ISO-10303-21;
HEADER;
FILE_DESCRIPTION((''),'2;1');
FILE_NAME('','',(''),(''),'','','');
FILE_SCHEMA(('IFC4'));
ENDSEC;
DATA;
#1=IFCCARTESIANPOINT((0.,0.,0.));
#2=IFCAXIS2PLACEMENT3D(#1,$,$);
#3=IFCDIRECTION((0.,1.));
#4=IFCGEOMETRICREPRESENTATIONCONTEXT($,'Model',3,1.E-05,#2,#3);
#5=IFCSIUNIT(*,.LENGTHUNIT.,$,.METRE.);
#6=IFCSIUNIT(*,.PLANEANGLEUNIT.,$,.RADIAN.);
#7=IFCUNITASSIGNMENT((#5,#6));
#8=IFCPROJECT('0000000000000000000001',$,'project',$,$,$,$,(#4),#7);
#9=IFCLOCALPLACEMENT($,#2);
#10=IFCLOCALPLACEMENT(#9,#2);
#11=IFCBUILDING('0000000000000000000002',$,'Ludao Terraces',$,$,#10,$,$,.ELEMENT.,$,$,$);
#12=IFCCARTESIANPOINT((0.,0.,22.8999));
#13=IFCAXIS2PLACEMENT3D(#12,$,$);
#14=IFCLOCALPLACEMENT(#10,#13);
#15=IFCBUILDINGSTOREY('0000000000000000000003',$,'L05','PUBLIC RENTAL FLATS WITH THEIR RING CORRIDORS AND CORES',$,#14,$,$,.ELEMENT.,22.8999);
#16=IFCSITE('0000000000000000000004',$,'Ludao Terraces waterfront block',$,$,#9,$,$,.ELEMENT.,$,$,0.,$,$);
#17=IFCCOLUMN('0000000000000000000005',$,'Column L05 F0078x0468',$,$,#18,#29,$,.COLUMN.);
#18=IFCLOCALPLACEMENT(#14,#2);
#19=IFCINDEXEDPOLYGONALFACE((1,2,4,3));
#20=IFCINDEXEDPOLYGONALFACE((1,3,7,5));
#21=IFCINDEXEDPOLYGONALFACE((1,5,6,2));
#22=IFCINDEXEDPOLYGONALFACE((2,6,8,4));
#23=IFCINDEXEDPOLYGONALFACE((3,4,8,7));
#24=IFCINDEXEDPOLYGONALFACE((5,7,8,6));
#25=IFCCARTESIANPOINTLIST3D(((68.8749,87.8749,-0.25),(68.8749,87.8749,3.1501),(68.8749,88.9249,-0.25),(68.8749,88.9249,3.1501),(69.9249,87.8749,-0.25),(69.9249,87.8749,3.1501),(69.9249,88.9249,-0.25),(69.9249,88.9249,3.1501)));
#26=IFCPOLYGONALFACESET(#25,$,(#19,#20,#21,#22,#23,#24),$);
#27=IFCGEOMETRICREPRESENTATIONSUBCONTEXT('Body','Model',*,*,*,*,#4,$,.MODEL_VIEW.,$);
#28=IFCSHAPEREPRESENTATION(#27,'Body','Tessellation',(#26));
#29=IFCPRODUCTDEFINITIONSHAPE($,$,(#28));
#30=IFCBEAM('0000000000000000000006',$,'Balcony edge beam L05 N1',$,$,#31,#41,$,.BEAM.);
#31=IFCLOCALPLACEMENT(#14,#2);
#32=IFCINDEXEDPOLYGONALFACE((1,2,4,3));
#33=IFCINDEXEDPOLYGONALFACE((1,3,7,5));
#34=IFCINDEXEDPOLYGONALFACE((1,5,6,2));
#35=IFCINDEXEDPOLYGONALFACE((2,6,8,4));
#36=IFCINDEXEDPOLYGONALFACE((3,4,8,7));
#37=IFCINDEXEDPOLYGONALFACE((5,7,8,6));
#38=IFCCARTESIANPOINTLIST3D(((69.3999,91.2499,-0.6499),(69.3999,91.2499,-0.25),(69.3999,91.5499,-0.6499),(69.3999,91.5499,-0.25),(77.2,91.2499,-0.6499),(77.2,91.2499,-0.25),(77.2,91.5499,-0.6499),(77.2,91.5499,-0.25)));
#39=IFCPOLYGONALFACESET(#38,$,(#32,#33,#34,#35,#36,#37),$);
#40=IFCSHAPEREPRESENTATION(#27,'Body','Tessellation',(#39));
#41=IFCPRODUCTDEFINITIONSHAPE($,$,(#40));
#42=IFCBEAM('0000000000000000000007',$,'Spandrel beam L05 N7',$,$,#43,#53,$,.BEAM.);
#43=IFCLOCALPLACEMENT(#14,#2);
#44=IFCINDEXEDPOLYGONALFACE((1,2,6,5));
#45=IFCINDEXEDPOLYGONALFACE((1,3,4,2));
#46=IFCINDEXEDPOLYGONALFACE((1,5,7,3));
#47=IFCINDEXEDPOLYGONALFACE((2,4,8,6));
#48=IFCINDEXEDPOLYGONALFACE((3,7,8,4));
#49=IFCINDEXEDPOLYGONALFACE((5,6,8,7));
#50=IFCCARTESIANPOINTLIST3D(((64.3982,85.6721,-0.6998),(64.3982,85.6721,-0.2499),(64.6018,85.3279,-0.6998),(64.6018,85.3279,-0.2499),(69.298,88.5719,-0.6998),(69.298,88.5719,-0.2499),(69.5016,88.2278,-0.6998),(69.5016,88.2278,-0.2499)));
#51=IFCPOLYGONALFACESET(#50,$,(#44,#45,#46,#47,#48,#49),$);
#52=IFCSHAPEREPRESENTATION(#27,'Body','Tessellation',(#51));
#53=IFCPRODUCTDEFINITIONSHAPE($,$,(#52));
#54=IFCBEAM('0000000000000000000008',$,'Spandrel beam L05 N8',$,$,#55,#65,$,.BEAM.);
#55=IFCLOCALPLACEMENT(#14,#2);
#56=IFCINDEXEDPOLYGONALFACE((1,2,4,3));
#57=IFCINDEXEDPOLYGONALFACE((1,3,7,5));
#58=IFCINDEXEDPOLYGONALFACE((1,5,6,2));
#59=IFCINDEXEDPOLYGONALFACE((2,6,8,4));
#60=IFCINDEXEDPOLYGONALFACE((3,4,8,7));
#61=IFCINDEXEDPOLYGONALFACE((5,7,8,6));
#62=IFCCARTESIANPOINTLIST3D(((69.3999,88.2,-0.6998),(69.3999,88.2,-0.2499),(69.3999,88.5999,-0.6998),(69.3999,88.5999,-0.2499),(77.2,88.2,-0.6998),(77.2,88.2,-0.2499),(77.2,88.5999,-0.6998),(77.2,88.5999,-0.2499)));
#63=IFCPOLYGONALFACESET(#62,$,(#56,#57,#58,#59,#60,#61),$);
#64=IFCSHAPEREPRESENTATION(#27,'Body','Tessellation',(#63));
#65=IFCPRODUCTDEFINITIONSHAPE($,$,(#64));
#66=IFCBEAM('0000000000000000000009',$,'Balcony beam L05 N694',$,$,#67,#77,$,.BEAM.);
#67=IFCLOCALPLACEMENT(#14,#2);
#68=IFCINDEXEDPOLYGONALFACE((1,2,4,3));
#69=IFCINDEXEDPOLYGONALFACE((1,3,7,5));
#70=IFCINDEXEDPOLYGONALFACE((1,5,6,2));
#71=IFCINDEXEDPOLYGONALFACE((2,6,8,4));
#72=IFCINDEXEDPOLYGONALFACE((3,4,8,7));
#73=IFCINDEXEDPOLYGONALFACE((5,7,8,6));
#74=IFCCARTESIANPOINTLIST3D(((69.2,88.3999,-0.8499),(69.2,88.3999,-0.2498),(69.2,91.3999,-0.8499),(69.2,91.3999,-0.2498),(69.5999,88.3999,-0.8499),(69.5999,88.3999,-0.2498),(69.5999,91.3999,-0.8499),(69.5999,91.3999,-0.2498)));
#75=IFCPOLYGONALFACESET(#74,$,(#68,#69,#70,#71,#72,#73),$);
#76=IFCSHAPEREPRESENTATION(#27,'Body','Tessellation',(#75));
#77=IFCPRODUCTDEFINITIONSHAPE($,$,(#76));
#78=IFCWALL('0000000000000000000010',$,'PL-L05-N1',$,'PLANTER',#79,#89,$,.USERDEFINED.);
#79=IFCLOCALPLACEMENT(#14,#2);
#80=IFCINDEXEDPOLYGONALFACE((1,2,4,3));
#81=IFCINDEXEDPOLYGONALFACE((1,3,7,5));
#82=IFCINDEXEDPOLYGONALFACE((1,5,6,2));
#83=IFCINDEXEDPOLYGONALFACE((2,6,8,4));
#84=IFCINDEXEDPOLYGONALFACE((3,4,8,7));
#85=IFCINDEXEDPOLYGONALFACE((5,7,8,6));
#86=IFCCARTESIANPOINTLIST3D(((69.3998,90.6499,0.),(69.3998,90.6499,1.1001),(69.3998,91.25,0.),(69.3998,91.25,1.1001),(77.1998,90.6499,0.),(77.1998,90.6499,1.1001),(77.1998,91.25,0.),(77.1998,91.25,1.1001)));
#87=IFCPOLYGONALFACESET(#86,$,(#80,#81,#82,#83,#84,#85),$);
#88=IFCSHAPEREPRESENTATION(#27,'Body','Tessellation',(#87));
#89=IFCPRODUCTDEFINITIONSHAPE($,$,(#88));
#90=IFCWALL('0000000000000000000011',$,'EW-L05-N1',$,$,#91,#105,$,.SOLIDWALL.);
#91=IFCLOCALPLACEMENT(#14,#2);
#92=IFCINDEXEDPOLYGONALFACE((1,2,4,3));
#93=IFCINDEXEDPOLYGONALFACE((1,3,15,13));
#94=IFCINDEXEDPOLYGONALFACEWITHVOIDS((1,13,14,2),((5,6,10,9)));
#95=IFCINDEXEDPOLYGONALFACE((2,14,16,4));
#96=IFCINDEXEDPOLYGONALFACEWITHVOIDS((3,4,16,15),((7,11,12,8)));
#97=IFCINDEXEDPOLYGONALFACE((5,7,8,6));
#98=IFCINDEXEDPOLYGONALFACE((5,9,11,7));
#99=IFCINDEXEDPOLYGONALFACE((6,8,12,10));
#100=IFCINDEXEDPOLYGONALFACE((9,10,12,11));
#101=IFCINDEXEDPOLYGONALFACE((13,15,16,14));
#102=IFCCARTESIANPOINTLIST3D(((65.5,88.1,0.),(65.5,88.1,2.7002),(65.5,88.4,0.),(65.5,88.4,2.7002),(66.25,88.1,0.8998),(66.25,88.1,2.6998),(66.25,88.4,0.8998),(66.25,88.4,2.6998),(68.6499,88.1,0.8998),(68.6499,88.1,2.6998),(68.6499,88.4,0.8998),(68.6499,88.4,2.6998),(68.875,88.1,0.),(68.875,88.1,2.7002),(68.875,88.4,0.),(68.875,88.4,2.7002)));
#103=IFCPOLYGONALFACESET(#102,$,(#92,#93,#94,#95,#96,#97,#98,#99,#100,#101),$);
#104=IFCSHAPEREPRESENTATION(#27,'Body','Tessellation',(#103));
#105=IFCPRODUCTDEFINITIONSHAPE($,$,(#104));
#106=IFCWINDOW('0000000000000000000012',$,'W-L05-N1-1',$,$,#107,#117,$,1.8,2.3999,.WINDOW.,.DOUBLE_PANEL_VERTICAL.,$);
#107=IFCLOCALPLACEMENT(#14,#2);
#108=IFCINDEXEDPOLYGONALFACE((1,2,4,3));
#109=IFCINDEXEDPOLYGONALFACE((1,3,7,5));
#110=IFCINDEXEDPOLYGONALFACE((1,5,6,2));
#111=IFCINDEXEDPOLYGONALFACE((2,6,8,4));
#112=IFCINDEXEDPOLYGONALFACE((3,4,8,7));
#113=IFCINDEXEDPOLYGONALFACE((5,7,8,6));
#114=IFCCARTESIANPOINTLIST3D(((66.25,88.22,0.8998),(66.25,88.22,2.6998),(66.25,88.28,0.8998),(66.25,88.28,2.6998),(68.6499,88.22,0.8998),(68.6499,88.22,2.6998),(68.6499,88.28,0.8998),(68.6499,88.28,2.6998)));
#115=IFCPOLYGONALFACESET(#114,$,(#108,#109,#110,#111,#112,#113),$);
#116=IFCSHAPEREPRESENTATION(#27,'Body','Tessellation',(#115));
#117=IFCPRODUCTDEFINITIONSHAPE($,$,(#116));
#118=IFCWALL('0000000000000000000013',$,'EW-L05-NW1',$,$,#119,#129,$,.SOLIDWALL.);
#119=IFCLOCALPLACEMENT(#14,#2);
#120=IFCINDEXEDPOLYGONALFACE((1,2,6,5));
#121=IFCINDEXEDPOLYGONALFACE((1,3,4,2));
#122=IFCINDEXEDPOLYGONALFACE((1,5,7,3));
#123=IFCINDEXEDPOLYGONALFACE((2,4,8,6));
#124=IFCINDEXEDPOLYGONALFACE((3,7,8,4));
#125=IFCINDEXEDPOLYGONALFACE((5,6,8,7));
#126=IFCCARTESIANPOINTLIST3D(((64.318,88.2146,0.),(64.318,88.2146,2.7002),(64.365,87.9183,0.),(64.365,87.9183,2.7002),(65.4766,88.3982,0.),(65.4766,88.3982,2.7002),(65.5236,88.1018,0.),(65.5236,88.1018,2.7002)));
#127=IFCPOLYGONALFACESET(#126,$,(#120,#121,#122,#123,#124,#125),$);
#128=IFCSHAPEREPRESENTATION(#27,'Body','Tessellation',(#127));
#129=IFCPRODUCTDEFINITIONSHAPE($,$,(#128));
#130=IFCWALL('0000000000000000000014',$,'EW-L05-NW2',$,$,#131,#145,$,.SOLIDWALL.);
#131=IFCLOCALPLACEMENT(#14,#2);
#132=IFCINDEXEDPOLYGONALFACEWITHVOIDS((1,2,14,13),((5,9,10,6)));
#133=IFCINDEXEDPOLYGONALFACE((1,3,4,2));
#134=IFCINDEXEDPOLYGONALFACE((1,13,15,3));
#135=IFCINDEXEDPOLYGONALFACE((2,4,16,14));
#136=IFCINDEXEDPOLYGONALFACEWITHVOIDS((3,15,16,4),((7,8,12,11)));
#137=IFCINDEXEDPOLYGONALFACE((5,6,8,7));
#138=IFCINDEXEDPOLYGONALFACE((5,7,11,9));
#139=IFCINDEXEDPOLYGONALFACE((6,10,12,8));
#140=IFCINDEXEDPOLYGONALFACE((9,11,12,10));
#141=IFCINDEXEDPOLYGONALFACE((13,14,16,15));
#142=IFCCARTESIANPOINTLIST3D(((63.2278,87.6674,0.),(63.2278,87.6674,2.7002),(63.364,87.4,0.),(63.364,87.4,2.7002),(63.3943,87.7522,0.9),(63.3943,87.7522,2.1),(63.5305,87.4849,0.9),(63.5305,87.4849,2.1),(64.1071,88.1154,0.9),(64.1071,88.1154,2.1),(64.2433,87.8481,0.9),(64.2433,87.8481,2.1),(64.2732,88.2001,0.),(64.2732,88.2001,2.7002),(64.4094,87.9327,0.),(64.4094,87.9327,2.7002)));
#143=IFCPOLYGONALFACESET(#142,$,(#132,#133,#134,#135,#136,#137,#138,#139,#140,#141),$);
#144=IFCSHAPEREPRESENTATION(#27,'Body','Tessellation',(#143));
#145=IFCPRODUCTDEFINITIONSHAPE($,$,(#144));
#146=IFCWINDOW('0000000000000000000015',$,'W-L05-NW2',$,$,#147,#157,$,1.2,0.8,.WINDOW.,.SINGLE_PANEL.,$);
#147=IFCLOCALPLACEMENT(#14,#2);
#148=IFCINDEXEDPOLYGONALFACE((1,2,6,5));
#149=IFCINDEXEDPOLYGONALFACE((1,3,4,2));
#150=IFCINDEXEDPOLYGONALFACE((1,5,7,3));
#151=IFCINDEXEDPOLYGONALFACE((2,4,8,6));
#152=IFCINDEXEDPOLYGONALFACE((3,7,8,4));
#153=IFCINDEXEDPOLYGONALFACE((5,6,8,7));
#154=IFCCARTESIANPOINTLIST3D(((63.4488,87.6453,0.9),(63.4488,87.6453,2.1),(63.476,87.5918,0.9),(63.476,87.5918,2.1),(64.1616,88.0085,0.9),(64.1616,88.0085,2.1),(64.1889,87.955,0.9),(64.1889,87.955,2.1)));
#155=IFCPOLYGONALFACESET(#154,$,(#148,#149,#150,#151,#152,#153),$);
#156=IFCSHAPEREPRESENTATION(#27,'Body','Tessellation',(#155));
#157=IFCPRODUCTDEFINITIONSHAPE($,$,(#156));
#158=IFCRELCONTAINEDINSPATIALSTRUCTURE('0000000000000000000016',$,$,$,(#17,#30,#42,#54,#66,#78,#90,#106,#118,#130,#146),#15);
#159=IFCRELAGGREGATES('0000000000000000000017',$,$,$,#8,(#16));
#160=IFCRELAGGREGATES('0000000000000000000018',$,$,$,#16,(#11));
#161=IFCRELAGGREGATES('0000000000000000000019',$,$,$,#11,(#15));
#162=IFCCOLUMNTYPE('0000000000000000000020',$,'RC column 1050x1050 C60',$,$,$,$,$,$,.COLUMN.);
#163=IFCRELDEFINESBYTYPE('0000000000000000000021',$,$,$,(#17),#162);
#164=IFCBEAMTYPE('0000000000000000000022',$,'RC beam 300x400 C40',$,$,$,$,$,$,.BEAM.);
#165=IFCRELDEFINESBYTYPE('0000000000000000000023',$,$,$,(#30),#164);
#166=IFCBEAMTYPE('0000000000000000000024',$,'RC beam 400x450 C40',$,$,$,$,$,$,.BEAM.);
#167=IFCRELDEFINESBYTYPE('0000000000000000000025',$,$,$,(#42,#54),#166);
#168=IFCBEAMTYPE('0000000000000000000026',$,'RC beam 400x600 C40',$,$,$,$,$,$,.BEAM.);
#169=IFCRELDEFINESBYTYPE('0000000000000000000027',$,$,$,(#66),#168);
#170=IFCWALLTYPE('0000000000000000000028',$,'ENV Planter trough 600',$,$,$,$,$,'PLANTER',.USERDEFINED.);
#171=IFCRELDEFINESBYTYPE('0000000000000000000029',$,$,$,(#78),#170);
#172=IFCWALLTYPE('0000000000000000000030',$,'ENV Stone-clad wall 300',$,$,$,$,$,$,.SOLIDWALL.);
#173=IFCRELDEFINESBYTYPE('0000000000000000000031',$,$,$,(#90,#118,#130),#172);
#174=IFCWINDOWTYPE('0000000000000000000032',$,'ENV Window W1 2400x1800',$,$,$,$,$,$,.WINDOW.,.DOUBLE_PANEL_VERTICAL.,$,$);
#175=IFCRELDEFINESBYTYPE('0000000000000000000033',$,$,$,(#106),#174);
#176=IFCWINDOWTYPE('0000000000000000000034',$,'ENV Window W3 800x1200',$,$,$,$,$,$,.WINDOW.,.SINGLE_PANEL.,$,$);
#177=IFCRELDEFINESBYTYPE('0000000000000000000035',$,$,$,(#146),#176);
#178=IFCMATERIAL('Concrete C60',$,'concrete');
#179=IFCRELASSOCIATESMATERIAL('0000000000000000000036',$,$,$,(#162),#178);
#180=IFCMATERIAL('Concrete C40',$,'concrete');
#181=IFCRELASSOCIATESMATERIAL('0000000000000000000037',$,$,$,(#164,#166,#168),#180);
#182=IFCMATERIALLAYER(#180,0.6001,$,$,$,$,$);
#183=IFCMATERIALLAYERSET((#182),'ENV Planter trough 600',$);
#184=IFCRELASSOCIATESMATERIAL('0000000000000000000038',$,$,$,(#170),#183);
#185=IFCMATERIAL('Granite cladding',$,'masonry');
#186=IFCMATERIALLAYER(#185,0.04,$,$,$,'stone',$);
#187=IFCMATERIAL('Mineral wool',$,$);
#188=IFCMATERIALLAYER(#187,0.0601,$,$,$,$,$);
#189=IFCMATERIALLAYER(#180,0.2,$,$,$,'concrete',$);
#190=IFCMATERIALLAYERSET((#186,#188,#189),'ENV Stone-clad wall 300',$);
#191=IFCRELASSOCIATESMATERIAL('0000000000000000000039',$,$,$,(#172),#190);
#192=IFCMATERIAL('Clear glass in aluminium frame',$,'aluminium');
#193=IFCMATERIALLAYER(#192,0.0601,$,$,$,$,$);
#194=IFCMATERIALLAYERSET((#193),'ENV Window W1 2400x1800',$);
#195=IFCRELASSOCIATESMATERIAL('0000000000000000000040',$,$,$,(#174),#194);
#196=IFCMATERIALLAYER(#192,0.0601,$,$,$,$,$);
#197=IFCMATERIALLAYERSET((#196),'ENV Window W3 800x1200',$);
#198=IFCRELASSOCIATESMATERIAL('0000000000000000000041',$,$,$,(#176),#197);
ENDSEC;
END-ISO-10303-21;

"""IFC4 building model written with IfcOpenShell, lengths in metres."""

from ifc_helpers import new_model, si_unit, direction, frame, frame_2d, origin, origin_2d, place, context, subcontext, project, spatial, rectangle, extrude, material, layer, layer_set, material_profile, profile_set, type_object, element, fill, save


model = new_model("IFC4")

# Units and contexts
model_context = context("Model", 3, precision=1e-05, world=origin(), true_north=direction((0.0, 1.0)))
body_context = subcontext(model_context, "Body", "Model", "MODEL_VIEW")
ifc_project = project(units=[si_unit("LENGTHUNIT", "METRE"), si_unit("PLANEANGLEUNIT", "RADIAN")], contexts=[model_context])

# Site, building, storey
site_placement = place(None, origin())
site = spatial("IfcSite", under=ifc_project, at=site_placement, Name="Ludao Terraces waterfront block", CompositionType="ELEMENT", RefElevation=0.0)
building_placement = place(site_placement, origin())
building = spatial("IfcBuilding", under=site, at=building_placement, Name="Ludao Terraces", CompositionType="ELEMENT")
storey_placement = place(building_placement, frame((0.0, 0.0, 22.8999)))
storey = spatial("IfcBuildingStorey", under=building, at=storey_placement, Name="L05", Description="PUBLIC RENTAL FLATS WITH THEIR RING CORRIDORS AND CORES", CompositionType="ELEMENT", Elevation=22.8999)

# Column
ifc_material_1 = material(Name="Concrete C60", Category="concrete")
ifc_material_profile_1 = material_profile(ifc_material_1, rectangle(XDim=1.05, YDim=1.05, at=origin_2d()), Name="1050 X 1050")
ifc_profile_set_1 = profile_set([ifc_material_profile_1], Name="Concrete C60")
column_type = type_object("IfcColumnType", Name="RC column 1050x1050 C60", PredefinedType="COLUMN", material=ifc_profile_set_1)
column_placement = place(storey_placement, frame((69.3999, 88.3999, -0.25), z_axis=(0.0, 0.0, 1.0), x_axis=(1.0, 0.0, 0.0)))
element("IfcColumn", 1, at=column_placement, inside=storey, type_object=column_type, Name="Column L05 F0078x0468", PredefinedType="COLUMN", context=body_context, shape_type="SweptSolid", body=[
    extrude(rectangle(XDim=1.05, YDim=1.05, at=origin_2d()), origin(), (0.0, 0.0, 1.0), 3.4001),
])

# Beams
ifc_material_2 = material(Name="Concrete C40", Category="concrete")
ifc_material_profile_2 = material_profile(ifc_material_2, rectangle(XDim=0.3, YDim=0.3999, at=origin_2d()), Name="300 X 400")
ifc_profile_set_2 = profile_set([ifc_material_profile_2], Name="Concrete C40")
beam_type_1 = type_object("IfcBeamType", Name="RC beam 300x400 C40", PredefinedType="BEAM", material=ifc_profile_set_2)
beam_1_placement = place(storey_placement, frame((69.3999, 91.3999, -0.45), z_axis=(1.0, 0.0, 0.0), x_axis=(0.0, 1.0, 0.0)))
element("IfcBeam", 2, at=beam_1_placement, inside=storey, type_object=beam_type_1, Name="Balcony edge beam L05 N1", PredefinedType="BEAM", context=body_context, shape_type="SweptSolid", body=[
    extrude(rectangle(XDim=0.3, YDim=0.3999, at=origin_2d()), origin(), (0.0, 0.0, 1.0), 7.8),
])
ifc_material_profile_3 = material_profile(ifc_material_2, rectangle(XDim=0.3999, YDim=0.45, at=origin_2d()), Name="400 X 450")
ifc_profile_set_3 = profile_set([ifc_material_profile_3], Name="Concrete C40")
beam_type_2 = type_object("IfcBeamType", Name="RC beam 400x450 C40", PredefinedType="BEAM", material=ifc_profile_set_3)
beam_2_placement = place(storey_placement, frame((64.5, 85.5, -0.4749), z_axis=(0.86058, 0.509316, 0.0), x_axis=(-0.509316, 0.86058, 0.0)))
element("IfcBeam", 3, at=beam_2_placement, inside=storey, type_object=beam_type_2, Name="Spandrel beam L05 N7", PredefinedType="BEAM", context=body_context, shape_type="SweptSolid", body=[
    extrude(rectangle(XDim=0.3999, YDim=0.45, at=origin_2d()), origin(), (0.0, 0.0, 1.0), 5.6936),
])
beam_3_placement = place(storey_placement, frame((69.3999, 88.3999, -0.4749), z_axis=(1.0, 0.0, 0.0), x_axis=(0.0, 1.0, 0.0)))
element("IfcBeam", 4, at=beam_3_placement, inside=storey, type_object=beam_type_2, Name="Spandrel beam L05 N8", PredefinedType="BEAM", context=body_context, shape_type="SweptSolid", body=[
    extrude(rectangle(XDim=0.3999, YDim=0.45, at=origin_2d()), origin(), (0.0, 0.0, 1.0), 7.8),
])
ifc_material_profile_4 = material_profile(ifc_material_2, rectangle(XDim=0.3999, YDim=0.6001, at=origin_2d()), Name="400 X 600")
ifc_profile_set_4 = profile_set([ifc_material_profile_4], Name="Concrete C40")
beam_type_3 = type_object("IfcBeamType", Name="RC beam 400x600 C40", PredefinedType="BEAM", material=ifc_profile_set_4)
beam_4_placement = place(storey_placement, frame((69.3999, 88.3999, -0.5498), z_axis=(0.0, 1.0, 0.0), x_axis=(-1.0, 0.0, 0.0)))
element("IfcBeam", 5, at=beam_4_placement, inside=storey, type_object=beam_type_3, Name="Balcony beam L05 N694", PredefinedType="BEAM", context=body_context, shape_type="SweptSolid", body=[
    extrude(rectangle(XDim=0.3999, YDim=0.6001, at=origin_2d()), origin(), (0.0, 0.0, 1.0), 3.0),
])

# Wall
ifc_layer_1 = layer(ifc_material_2, 0.6001)
ifc_layer_set_1 = layer_set([ifc_layer_1], Name="ENV Planter trough 600")
wall_type_1 = type_object("IfcWallType", Name="ENV Planter trough 600", ElementType="PLANTER", PredefinedType="USERDEFINED", material=ifc_layer_set_1)
wall_1_placement = place(storey_placement, frame((69.3999, 90.95, 0.0), z_axis=(0.0, 0.0, 1.0), x_axis=(1.0, 0.0, 0.0)))
element("IfcWall", 6, at=wall_1_placement, inside=storey, type_object=wall_type_1, Name="PL-L05-N1", ObjectType="PLANTER", PredefinedType="USERDEFINED", context=body_context, shape_type="SweptSolid", body=[
    extrude(rectangle(XDim=7.8, YDim=0.6001, at=frame_2d((3.8999, 0.0))), origin(), (0.0, 0.0, 1.0), 1.1001),
])

# Wall, opening, window
ifc_material_3 = material(Name="Granite cladding", Category="masonry")
ifc_layer_2 = layer(ifc_material_3, 0.04, Category="stone")
ifc_material_4 = material(Name="Mineral wool")
ifc_layer_3 = layer(ifc_material_4, 0.0601)
ifc_layer_4 = layer(ifc_material_2, 0.2, Category="concrete")
ifc_layer_set_2 = layer_set([ifc_layer_2, ifc_layer_3, ifc_layer_4], Name="ENV Stone-clad wall 300")
wall_type_2 = type_object("IfcWallType", Name="ENV Stone-clad wall 300", PredefinedType="SOLIDWALL", material=ifc_layer_set_2)
wall_2_placement = place(storey_placement, frame((65.5, 88.25, 0.0), z_axis=(0.0, 0.0, 1.0), x_axis=(1.0, 0.0, 0.0)))
wall_2 = element("IfcWall", 7, at=wall_2_placement, inside=storey, type_object=wall_type_2, Name="EW-L05-N1", PredefinedType="SOLIDWALL", context=body_context, shape_type="SweptSolid", body=[
    extrude(rectangle(XDim=3.375, YDim=0.3, at=frame_2d((1.6875, 0.0))), origin(), (0.0, 0.0, 1.0), 2.7002),
])
opening_1_placement = place(wall_2_placement, frame((0.75, 0.0, 0.8999)))
opening_1 = element("IfcOpeningElement", 8, at=opening_1_placement, cuts=wall_2, PredefinedType="OPENING", context=body_context, shape_type="SweptSolid", body=[
    extrude(rectangle(XDim=2.3999, YDim=1.8, at=frame_2d((1.2, 0.8999))), frame((0.0, 0.1602, 0.0), z_axis=(0.0, -1.0, 0.0), x_axis=(1.0, 0.0, 0.0)), (0.0, 0.0, 1.0), 0.3201),
])
ifc_material_5 = material(Name="Clear glass in aluminium frame", Category="aluminium")
ifc_layer_5 = layer(ifc_material_5, 0.0601)
ifc_layer_set_3 = layer_set([ifc_layer_5], Name="ENV Window W1 2400x1800")
window_type_1 = type_object("IfcWindowType", Name="ENV Window W1 2400x1800", PartitioningType="DOUBLE_PANEL_VERTICAL", PredefinedType="WINDOW", material=ifc_layer_set_3)
window_1_placement = place(opening_1_placement, origin())
window_1 = element("IfcWindow", 9, at=window_1_placement, inside=storey, type_object=window_type_1, Name="W-L05-N1-1", OverallHeight=1.8, OverallWidth=2.3999, PartitioningType="DOUBLE_PANEL_VERTICAL", PredefinedType="WINDOW", context=body_context, shape_type="SweptSolid", body=[
    extrude(rectangle(XDim=2.3999, YDim=1.8, at=frame_2d((1.2, 0.8999))), frame((0.0, 0.03, 0.0), z_axis=(0.0, -1.0, 0.0), x_axis=(1.0, 0.0, 0.0)), (0.0, 0.0, 1.0), 0.0601),
])
fill(opening_1, window_1)

# Wall
wall_3_placement = place(storey_placement, frame((65.5, 88.25, 0.0), z_axis=(0.0, 0.0, 1.0), x_axis=(-0.987678, -0.156497, 0.0)))
element("IfcWall", 10, at=wall_3_placement, inside=storey, type_object=wall_type_2, Name="EW-L05-NW1", PredefinedType="SOLIDWALL", context=body_context, shape_type="SweptSolid", body=[
    extrude(rectangle(XDim=1.1731, YDim=0.3, at=frame_2d((0.5864, 0.0))), origin(), (0.0, 0.0, 1.0), 2.7002),
])

# Wall, opening, window
wall_4_placement = place(storey_placement, frame((64.3413, 88.0664, 0.0), z_axis=(0.0, 0.0, 1.0), x_axis=(-0.890989, -0.454026, 0.0)))
wall_4 = element("IfcWall", 11, at=wall_4_placement, inside=storey, type_object=wall_type_2, Name="EW-L05-NW2", PredefinedType="SOLIDWALL", context=body_context, shape_type="SweptSolid", body=[
    extrude(rectangle(XDim=1.1733, YDim=0.3, at=frame_2d((0.5867, 0.0))), origin(), (0.0, 0.0, 1.0), 2.7002),
])
opening_2_placement = place(wall_4_placement, frame((0.1865, 0.0, 0.8999)))
opening_2 = element("IfcOpeningElement", 12, at=opening_2_placement, cuts=wall_4, PredefinedType="OPENING", context=body_context, shape_type="SweptSolid", body=[
    extrude(rectangle(XDim=0.8, YDim=1.2, at=frame_2d((0.3999, 0.6001))), frame((0.0, 0.1602, 0.0), z_axis=(0.0, -1.0, 0.0), x_axis=(1.0, 0.0, 0.0)), (0.0, 0.0, 1.0), 0.3201),
])
ifc_layer_6 = layer(ifc_material_5, 0.0601)
ifc_layer_set_4 = layer_set([ifc_layer_6], Name="ENV Window W3 800x1200")
window_type_2 = type_object("IfcWindowType", Name="ENV Window W3 800x1200", PartitioningType="SINGLE_PANEL", PredefinedType="WINDOW", material=ifc_layer_set_4)
window_2_placement = place(opening_2_placement, origin())
window_2 = element("IfcWindow", 13, at=window_2_placement, inside=storey, type_object=window_type_2, Name="W-L05-NW2", OverallHeight=1.2, OverallWidth=0.8, PartitioningType="SINGLE_PANEL", PredefinedType="WINDOW", context=body_context, shape_type="SweptSolid", body=[
    extrude(rectangle(XDim=0.8, YDim=1.2, at=frame_2d((0.3999, 0.6001))), frame((0.0, 0.03, 0.0), z_axis=(0.0, -1.0, 0.0), x_axis=(1.0, 0.0, 0.0)), (0.0, 0.0, 1.0), 0.0601),
])
fill(opening_2, window_2)

save(model, "model.ifc")
